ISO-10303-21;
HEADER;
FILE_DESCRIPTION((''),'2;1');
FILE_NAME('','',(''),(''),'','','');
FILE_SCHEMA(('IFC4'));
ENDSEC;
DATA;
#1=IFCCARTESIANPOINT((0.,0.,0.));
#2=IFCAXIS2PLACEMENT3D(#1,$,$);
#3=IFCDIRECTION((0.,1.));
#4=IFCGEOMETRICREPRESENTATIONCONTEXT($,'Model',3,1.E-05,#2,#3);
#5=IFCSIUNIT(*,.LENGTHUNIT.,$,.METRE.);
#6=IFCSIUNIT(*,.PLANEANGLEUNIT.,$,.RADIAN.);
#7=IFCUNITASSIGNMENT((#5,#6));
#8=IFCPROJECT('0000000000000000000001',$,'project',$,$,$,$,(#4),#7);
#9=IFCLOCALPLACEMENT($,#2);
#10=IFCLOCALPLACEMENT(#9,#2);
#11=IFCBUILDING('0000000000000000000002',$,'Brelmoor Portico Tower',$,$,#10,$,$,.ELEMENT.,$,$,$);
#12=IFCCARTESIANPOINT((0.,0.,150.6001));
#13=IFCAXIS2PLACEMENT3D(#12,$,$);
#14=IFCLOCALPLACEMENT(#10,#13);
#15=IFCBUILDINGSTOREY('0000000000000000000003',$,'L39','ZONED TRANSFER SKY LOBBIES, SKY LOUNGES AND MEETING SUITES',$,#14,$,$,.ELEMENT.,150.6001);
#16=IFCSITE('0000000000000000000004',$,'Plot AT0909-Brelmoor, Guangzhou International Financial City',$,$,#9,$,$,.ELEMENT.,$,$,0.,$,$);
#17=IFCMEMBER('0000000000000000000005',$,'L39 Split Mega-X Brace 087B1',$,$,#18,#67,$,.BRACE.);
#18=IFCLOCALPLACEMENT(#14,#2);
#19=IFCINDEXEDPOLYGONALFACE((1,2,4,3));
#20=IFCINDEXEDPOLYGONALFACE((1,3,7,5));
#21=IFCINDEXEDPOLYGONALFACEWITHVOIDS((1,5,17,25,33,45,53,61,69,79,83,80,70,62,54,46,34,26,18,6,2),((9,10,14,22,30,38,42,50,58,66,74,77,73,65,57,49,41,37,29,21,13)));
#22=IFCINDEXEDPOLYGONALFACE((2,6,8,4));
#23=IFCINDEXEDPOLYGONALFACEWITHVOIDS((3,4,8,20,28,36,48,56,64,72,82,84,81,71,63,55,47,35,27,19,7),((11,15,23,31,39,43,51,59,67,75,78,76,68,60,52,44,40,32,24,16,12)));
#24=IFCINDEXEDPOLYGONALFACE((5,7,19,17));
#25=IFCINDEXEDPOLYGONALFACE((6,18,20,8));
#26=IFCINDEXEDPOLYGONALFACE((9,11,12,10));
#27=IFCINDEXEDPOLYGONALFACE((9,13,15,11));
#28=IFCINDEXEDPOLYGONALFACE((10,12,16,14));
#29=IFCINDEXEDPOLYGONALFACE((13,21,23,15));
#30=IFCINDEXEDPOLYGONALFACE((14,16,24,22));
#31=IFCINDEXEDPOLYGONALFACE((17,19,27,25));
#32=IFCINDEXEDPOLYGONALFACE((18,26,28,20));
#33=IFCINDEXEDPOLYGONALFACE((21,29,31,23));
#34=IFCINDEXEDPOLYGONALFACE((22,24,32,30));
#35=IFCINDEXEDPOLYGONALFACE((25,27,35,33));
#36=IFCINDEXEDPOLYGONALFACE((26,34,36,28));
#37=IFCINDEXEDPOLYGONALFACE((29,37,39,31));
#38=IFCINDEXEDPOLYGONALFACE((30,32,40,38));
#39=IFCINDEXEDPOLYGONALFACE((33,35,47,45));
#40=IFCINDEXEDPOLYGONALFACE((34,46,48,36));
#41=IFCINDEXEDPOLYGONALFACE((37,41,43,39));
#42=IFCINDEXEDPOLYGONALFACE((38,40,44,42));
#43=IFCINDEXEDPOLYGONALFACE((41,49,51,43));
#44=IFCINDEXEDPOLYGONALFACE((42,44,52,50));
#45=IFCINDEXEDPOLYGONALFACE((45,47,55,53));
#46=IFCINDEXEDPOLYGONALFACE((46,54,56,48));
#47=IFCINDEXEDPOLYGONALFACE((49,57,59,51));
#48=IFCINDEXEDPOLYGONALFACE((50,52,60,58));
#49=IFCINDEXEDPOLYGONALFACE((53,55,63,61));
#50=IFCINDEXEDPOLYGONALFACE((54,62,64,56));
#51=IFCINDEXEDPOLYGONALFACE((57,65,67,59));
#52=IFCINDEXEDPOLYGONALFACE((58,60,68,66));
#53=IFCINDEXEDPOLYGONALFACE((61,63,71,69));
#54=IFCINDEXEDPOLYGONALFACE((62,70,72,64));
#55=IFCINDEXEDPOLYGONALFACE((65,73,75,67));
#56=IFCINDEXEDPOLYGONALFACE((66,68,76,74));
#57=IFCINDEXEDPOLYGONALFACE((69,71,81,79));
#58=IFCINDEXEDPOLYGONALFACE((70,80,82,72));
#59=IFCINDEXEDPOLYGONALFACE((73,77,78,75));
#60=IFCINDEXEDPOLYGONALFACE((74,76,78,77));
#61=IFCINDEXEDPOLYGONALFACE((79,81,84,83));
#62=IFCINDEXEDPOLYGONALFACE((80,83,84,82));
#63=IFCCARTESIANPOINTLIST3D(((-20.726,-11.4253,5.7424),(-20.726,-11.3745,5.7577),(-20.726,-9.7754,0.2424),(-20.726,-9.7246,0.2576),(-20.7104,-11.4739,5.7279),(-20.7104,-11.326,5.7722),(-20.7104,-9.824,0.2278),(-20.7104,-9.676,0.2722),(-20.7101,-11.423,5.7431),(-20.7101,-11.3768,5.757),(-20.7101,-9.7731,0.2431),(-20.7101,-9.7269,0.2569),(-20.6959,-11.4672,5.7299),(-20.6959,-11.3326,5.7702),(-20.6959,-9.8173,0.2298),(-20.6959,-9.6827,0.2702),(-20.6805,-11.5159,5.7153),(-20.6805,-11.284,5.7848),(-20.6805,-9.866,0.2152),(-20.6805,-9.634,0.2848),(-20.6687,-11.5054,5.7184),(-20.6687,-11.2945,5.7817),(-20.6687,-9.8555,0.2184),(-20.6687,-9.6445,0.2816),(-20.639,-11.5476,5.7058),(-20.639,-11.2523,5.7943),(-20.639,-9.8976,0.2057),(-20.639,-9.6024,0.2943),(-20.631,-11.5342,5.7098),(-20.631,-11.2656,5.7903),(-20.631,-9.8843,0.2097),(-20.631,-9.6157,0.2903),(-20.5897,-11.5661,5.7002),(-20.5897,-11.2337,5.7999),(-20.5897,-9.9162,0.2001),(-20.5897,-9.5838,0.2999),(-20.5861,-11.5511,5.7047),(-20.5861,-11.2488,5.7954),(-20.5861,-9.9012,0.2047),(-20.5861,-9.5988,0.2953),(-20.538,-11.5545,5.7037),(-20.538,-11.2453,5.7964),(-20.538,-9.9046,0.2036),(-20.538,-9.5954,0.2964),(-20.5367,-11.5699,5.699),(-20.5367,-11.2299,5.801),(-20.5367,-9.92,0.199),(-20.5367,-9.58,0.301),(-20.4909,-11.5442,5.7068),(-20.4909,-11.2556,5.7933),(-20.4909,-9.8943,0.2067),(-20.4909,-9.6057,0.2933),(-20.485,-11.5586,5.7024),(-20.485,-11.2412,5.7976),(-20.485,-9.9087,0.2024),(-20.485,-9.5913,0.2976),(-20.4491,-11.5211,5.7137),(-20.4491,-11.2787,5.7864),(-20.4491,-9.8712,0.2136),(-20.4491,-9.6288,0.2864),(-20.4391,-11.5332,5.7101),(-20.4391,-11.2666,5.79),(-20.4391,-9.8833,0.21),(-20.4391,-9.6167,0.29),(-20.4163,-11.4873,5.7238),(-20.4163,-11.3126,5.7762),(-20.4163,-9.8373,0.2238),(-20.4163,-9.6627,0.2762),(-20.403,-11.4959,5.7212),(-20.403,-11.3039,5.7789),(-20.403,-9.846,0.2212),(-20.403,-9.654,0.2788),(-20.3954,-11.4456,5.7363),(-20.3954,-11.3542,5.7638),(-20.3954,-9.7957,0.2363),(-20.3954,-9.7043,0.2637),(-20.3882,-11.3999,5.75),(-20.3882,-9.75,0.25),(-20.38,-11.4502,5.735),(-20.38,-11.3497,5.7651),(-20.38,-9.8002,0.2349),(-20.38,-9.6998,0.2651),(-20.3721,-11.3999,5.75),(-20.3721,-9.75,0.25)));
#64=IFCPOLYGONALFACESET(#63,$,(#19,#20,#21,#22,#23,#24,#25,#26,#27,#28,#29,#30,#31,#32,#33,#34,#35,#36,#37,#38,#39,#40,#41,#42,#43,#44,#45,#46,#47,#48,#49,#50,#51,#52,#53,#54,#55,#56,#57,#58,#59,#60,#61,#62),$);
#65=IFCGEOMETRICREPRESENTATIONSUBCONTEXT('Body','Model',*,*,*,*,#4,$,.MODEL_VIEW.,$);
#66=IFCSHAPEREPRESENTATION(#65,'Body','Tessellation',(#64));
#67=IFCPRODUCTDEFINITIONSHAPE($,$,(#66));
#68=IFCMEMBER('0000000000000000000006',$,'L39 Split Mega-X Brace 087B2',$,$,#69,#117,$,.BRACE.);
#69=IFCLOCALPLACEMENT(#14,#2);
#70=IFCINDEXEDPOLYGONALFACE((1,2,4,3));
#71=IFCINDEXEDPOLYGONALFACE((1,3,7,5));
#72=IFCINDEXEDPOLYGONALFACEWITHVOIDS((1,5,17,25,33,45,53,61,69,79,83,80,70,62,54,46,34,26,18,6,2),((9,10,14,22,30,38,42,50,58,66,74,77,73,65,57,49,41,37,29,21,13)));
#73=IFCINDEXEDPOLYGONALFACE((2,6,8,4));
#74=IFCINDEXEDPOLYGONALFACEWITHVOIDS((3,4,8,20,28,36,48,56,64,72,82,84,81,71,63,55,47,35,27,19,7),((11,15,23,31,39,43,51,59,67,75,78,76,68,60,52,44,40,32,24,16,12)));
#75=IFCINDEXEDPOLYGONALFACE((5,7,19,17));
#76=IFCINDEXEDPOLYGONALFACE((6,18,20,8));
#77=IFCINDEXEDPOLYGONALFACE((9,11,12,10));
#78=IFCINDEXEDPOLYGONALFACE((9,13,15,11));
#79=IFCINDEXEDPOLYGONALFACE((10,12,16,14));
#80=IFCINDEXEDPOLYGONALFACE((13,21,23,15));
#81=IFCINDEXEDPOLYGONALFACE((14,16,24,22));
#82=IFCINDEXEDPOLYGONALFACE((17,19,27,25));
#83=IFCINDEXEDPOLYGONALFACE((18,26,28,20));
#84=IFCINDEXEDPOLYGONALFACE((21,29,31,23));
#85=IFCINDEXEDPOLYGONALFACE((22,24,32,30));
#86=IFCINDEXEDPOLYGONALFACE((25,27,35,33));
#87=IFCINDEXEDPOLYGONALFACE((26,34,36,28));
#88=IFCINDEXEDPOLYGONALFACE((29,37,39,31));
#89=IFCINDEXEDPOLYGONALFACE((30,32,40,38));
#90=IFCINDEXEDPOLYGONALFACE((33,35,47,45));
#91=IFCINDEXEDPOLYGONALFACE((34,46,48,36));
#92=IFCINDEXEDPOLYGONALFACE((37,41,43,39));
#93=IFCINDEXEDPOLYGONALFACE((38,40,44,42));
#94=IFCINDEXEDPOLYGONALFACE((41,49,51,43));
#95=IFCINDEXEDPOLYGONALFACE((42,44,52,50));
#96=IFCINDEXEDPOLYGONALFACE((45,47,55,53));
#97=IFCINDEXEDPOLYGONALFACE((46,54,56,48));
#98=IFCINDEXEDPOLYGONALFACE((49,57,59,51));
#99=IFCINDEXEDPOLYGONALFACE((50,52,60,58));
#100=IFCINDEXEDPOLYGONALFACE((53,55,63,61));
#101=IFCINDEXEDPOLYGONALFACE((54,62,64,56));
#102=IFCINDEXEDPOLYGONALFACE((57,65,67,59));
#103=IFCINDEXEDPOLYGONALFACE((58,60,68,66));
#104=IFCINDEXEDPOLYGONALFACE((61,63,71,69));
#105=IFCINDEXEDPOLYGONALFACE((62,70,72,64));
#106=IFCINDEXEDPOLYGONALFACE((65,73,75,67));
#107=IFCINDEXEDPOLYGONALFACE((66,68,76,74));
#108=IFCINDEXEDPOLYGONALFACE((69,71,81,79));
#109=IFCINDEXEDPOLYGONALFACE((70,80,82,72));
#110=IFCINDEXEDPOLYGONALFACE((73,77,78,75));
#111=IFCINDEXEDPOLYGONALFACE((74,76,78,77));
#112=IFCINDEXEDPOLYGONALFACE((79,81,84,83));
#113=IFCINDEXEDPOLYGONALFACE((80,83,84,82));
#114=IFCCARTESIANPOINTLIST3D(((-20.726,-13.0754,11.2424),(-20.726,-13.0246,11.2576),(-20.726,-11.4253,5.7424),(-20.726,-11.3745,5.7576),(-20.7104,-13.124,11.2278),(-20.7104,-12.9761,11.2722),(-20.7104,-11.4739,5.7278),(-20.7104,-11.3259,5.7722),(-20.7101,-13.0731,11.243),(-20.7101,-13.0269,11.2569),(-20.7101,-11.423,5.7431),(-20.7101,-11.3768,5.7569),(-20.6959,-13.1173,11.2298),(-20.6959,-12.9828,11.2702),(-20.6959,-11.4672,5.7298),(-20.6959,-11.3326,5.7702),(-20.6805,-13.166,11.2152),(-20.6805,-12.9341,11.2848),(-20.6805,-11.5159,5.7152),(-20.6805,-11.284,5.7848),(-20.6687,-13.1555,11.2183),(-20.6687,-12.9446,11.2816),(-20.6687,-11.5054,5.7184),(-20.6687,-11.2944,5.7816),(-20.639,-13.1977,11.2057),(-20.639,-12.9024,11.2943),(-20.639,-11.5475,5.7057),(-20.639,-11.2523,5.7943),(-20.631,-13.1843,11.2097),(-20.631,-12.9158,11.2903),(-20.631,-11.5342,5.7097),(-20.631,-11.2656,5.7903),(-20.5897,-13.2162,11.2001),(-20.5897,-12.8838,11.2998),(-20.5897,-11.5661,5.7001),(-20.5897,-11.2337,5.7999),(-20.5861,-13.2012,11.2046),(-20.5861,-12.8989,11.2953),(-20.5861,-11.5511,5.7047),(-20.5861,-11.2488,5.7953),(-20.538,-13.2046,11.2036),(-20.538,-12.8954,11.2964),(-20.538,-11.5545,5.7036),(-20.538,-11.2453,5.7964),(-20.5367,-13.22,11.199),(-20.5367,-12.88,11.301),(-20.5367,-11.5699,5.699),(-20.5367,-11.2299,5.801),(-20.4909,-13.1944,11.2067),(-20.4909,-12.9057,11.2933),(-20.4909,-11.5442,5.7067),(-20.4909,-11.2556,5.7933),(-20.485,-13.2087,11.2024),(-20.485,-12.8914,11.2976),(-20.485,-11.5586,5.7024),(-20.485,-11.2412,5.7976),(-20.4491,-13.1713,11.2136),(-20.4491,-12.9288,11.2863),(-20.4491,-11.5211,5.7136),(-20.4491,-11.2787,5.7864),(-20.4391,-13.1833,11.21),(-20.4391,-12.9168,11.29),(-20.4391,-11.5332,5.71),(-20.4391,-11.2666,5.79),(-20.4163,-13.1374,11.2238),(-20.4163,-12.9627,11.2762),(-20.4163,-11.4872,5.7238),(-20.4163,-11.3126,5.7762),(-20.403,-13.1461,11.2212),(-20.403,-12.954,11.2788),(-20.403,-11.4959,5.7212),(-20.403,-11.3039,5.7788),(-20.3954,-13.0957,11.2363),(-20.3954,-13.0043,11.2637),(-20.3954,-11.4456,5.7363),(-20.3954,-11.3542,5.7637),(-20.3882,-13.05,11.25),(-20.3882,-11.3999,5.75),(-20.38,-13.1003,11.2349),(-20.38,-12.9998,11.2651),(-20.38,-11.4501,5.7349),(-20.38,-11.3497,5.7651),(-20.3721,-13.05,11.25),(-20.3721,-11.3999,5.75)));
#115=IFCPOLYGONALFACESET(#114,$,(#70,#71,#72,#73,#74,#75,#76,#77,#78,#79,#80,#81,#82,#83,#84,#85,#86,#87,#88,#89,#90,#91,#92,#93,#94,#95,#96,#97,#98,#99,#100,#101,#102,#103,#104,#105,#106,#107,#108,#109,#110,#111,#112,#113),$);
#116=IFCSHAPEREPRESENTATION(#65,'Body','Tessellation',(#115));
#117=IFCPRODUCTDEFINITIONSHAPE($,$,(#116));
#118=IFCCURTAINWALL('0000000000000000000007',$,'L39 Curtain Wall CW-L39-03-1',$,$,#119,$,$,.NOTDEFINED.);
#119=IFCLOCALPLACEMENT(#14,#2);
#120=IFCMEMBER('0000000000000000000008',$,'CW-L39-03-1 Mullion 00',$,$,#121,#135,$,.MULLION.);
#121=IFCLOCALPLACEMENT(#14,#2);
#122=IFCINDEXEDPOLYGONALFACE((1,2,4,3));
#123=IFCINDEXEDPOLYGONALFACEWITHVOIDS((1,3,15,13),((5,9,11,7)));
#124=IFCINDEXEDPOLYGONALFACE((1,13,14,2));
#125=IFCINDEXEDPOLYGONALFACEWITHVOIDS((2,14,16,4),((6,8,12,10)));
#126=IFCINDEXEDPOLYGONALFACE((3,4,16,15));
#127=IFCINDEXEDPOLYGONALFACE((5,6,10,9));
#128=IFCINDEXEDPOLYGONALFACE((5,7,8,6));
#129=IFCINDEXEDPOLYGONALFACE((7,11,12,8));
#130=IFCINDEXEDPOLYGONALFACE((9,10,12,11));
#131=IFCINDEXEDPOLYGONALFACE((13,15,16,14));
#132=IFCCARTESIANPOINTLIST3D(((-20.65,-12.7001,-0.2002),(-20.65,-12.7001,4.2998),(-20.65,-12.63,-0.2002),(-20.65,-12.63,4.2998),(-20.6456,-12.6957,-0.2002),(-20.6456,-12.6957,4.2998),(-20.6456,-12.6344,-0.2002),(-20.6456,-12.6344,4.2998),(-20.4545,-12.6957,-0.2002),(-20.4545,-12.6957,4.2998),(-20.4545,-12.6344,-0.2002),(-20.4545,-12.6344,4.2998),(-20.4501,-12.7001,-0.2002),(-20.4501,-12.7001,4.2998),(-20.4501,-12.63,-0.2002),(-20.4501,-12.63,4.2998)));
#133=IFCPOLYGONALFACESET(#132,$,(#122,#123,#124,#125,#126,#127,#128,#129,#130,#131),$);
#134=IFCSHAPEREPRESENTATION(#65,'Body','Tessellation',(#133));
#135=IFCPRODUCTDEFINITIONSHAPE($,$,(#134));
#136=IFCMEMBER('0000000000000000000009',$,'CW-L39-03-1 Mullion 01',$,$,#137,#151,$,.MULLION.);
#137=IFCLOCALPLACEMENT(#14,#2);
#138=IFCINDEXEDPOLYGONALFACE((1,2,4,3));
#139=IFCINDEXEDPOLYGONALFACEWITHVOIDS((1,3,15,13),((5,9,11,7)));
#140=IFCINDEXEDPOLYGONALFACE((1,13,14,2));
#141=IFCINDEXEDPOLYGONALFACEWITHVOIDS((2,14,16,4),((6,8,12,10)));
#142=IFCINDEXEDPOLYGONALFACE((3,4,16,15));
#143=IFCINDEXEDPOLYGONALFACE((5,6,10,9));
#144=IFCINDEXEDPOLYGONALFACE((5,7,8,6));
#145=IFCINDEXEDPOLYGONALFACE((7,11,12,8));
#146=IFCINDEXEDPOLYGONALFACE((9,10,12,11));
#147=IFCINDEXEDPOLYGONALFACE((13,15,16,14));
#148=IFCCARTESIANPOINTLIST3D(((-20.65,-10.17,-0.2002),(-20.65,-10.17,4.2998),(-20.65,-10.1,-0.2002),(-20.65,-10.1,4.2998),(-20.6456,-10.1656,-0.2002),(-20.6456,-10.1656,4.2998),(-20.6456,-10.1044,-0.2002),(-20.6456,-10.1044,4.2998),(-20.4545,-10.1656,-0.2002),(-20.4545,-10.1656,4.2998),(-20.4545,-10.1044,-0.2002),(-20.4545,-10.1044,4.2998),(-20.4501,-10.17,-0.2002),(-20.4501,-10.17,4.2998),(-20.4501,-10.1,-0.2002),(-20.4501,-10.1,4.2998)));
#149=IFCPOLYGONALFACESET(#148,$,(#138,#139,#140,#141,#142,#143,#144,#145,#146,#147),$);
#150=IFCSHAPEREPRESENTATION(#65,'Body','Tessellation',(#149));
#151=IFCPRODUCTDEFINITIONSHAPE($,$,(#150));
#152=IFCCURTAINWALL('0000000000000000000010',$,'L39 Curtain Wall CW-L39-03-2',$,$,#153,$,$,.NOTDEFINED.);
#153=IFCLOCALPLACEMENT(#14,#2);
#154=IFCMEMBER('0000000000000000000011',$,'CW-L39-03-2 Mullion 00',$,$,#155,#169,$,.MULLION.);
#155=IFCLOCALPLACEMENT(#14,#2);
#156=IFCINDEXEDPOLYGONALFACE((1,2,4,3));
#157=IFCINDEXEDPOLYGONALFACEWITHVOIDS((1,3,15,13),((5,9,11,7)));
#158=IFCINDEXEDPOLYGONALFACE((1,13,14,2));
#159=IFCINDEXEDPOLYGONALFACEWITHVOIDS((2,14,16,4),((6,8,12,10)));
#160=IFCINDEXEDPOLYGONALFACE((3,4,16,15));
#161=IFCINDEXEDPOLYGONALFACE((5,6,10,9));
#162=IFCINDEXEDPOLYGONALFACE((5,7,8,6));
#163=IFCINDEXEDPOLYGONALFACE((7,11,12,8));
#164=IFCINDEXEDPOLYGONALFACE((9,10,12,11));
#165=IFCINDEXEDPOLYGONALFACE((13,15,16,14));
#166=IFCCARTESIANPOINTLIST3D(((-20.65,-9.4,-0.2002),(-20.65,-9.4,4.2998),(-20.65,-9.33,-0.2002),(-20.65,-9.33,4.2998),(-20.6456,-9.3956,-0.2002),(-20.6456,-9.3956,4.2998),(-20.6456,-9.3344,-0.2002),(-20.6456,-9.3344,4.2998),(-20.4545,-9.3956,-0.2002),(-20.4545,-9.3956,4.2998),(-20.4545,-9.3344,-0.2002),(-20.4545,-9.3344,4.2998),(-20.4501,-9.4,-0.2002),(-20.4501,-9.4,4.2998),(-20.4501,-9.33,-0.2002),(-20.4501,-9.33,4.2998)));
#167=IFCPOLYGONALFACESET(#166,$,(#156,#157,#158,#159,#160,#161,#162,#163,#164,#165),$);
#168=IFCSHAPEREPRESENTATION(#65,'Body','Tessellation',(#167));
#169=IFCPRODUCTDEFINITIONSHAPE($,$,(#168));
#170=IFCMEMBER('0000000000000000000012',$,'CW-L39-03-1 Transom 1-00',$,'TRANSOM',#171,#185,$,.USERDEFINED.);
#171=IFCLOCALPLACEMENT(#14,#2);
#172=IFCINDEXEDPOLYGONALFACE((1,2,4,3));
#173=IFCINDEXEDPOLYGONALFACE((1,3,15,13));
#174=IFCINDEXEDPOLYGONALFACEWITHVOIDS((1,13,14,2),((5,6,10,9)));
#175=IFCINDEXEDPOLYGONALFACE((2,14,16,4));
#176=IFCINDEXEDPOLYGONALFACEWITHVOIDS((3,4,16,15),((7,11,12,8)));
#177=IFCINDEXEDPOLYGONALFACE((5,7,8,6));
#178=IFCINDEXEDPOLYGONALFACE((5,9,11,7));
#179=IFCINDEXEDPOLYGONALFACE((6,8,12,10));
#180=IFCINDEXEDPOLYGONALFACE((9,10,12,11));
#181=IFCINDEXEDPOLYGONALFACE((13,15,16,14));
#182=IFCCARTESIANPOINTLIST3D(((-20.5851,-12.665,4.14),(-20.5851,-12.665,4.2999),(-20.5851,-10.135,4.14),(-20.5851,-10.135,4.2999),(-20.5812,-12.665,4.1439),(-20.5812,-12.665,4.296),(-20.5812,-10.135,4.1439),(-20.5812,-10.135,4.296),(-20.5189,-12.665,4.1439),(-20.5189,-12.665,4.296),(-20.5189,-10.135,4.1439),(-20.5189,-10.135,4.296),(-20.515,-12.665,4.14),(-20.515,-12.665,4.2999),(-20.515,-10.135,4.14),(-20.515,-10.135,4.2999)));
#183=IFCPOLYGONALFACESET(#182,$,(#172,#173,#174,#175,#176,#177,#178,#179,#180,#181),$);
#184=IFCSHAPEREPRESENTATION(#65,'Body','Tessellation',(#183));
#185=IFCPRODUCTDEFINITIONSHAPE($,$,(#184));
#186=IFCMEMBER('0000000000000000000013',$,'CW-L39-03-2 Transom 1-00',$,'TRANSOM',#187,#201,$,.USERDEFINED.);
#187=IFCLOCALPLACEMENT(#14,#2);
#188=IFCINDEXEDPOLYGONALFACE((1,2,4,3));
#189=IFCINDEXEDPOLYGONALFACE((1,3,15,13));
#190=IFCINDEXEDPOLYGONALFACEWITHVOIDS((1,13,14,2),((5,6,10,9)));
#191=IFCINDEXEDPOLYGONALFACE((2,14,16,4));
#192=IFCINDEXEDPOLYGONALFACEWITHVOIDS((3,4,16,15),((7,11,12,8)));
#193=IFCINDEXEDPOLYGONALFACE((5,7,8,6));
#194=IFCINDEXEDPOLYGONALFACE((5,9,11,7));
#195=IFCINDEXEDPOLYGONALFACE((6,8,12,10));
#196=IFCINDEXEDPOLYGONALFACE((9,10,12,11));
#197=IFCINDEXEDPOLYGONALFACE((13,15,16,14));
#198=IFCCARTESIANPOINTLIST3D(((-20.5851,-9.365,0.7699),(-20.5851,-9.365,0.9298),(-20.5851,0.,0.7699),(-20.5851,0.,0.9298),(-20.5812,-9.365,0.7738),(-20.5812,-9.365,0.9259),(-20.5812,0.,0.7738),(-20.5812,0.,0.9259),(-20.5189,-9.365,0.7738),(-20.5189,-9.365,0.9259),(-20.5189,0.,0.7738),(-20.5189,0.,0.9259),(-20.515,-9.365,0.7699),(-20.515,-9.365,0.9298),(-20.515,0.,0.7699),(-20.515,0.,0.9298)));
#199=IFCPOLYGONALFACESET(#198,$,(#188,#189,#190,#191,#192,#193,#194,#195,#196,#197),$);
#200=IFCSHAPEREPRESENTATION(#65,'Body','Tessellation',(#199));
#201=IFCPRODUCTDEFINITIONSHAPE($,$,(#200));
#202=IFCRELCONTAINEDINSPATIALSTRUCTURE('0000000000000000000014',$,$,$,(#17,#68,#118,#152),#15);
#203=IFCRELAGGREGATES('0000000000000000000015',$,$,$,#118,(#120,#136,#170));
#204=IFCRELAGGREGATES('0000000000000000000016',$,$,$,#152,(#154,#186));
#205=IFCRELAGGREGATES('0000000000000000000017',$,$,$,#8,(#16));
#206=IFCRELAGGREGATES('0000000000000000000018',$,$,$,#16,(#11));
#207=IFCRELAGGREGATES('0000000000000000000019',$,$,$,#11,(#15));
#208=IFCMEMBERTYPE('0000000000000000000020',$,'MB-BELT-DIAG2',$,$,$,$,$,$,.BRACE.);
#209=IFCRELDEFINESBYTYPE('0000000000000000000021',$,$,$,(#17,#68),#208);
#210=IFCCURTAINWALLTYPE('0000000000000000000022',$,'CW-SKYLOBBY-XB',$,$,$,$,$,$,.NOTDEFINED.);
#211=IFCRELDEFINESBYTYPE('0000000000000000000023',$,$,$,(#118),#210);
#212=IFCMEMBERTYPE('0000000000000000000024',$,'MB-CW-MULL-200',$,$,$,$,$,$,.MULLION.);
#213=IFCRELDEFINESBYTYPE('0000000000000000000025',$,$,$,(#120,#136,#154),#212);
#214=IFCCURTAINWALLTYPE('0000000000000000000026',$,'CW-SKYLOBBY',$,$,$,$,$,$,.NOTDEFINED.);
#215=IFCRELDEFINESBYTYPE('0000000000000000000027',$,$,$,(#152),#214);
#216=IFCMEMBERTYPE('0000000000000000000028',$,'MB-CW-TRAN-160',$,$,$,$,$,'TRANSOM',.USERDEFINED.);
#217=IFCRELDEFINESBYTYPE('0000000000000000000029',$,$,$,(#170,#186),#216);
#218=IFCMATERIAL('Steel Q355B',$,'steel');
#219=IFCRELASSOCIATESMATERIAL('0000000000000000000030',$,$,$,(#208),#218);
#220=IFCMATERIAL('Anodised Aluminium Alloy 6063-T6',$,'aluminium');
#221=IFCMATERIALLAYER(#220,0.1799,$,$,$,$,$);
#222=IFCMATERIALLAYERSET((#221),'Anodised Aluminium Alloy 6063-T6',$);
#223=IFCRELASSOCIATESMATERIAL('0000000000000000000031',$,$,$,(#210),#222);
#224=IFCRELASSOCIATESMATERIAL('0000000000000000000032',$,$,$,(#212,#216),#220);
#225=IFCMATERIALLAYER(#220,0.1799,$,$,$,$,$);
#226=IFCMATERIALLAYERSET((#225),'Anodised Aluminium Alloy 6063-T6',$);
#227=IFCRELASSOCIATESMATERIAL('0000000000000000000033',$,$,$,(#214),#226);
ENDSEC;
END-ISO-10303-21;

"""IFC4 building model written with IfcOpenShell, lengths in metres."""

from ifc_helpers import new_model, si_unit, direction, frame, origin, origin_2d, place, context, subcontext, project, spatial, hollow_rectangle, hollow_circle, extrude, material, layer, layer_set, material_profile, profile_set, type_object, element, aggregate, save


model = new_model("IFC4")

# Units and contexts
model_context = context("Model", 3, precision=1e-05, world=origin(), true_north=direction((0.0, 1.0)))
body_context = subcontext(model_context, "Body", "Model", "MODEL_VIEW")
ifc_project = project(units=[si_unit("LENGTHUNIT", "METRE"), si_unit("PLANEANGLEUNIT", "RADIAN")], contexts=[model_context])

# Site, building, storey
site_placement = place(None, origin())
site = spatial("IfcSite", under=ifc_project, at=site_placement, Name="Plot AT0909-Brelmoor, Guangzhou International Financial City", CompositionType="ELEMENT", RefElevation=0.0)
building_placement = place(site_placement, origin())
building = spatial("IfcBuilding", under=site, at=building_placement, Name="Brelmoor Portico Tower", CompositionType="ELEMENT")
storey_placement = place(building_placement, frame((0.0, 0.0, 150.6001)))
storey = spatial("IfcBuildingStorey", under=building, at=storey_placement, Name="L39", Description="ZONED TRANSFER SKY LOBBIES, SKY LOUNGES AND MEETING SUITES", CompositionType="ELEMENT", Elevation=150.6001)

# Shared definitions
ifc_material_1 = material(Name="Steel Q355B", Category="steel")

# Members
ifc_material_profile_1 = material_profile(ifc_material_1, hollow_circle(Radius=0.178, WallThickness=0.0161, at=origin_2d()), Name="CHS 356x16")
ifc_profile_set_1 = profile_set([ifc_material_profile_1], Name="Steel Q355B")
member_type_1 = type_object("IfcMemberType", Name="MB-BELT-DIAG2", PredefinedType="BRACE", material=ifc_profile_set_1)
for number, where, z_axis, x_axis, name in (
    (1, (-20.55, -9.75, 0.25), (0.0, -0.287332, 0.957831), (1.0, 0.0, 0.0), "L39 Split Mega-X Brace 087B1"),
    (2, (-20.55, -11.3999, 5.75), (0.0, -0.287371, 0.957819), (1.0, 0.0, 0.0), "L39 Split Mega-X Brace 087B2"),
):
    element("IfcMember", number, at=place(storey_placement, frame(where, z_axis=z_axis, x_axis=x_axis)), inside=storey, type_object=member_type_1, Name=name, PredefinedType="BRACE", context=body_context, shape_type="SweptSolid", body=[
        extrude(hollow_circle(Radius=0.178, WallThickness=0.0161, at=origin_2d()), origin(), (0.0, 0.0, 1.0), 5.7422),
    ])

# Curtain wall, members
ifc_material_2 = material(Name="Anodised Aluminium Alloy 6063-T6", Category="aluminium")
ifc_layer_1 = layer(ifc_material_2, 0.1799)
ifc_layer_set_1 = layer_set([ifc_layer_1], Name="Anodised Aluminium Alloy 6063-T6")
curtain_wall_type_1 = type_object("IfcCurtainWallType", Name="CW-SKYLOBBY-XB", PredefinedType="NOTDEFINED", material=ifc_layer_set_1)
curtain_wall_1_placement = place(storey_placement, origin())
curtain_wall_1 = element("IfcCurtainWall", 3, at=curtain_wall_1_placement, inside=storey, type_object=curtain_wall_type_1, Name="L39 Curtain Wall CW-L39-03-1", PredefinedType="NOTDEFINED")
ifc_material_profile_2 = material_profile(ifc_material_2, hollow_rectangle(XDim=0.0701, YDim=0.2, WallThickness=0.0044, at=origin_2d()), Name="ALU MULLION 70x200")
ifc_profile_set_2 = profile_set([ifc_material_profile_2], Name="Anodised Aluminium Alloy 6063-T6")
member_type_2 = type_object("IfcMemberType", Name="MB-CW-MULL-200", PredefinedType="MULLION", material=ifc_profile_set_2)
member_1_placement = place(storey_placement, frame((-20.55, -12.665, -0.2002), z_axis=(0.0, 0.0, 1.0), x_axis=(0.0, 1.0, 0.0)))
member_1 = element("IfcMember", 4, at=member_1_placement, type_object=member_type_2, Name="CW-L39-03-1 Mullion 00", PredefinedType="MULLION", context=body_context, shape_type="SweptSolid", body=[
    extrude(hollow_rectangle(XDim=0.0701, YDim=0.2, WallThickness=0.0044, at=origin_2d()), origin(), (0.0, 0.0, 1.0), 4.5),
])
member_2_placement = place(storey_placement, frame((-20.55, -10.135, -0.2002), z_axis=(0.0, 0.0, 1.0), x_axis=(0.0, 1.0, 0.0)))
member_2 = element("IfcMember", 5, at=member_2_placement, type_object=member_type_2, Name="CW-L39-03-1 Mullion 01", PredefinedType="MULLION", context=body_context, shape_type="SweptSolid", body=[
    extrude(hollow_rectangle(XDim=0.0701, YDim=0.2, WallThickness=0.0044, at=origin_2d()), origin(), (0.0, 0.0, 1.0), 4.5),
])

# Curtain wall, member
ifc_layer_2 = layer(ifc_material_2, 0.1799)
ifc_layer_set_2 = layer_set([ifc_layer_2], Name="Anodised Aluminium Alloy 6063-T6")
curtain_wall_type_2 = type_object("IfcCurtainWallType", Name="CW-SKYLOBBY", PredefinedType="NOTDEFINED", material=ifc_layer_set_2)
curtain_wall_2_placement = place(storey_placement, origin())
curtain_wall_2 = element("IfcCurtainWall", 6, at=curtain_wall_2_placement, inside=storey, type_object=curtain_wall_type_2, Name="L39 Curtain Wall CW-L39-03-2", PredefinedType="NOTDEFINED")
member_3_placement = place(storey_placement, frame((-20.55, -9.365, -0.2002), z_axis=(0.0, 0.0, 1.0), x_axis=(0.0, 1.0, 0.0)))
member_3 = element("IfcMember", 7, at=member_3_placement, type_object=member_type_2, Name="CW-L39-03-2 Mullion 00", PredefinedType="MULLION", context=body_context, shape_type="SweptSolid", body=[
    extrude(hollow_rectangle(XDim=0.0701, YDim=0.2, WallThickness=0.0044, at=origin_2d()), origin(), (0.0, 0.0, 1.0), 4.5),
])

# Members
ifc_material_profile_3 = material_profile(ifc_material_2, hollow_rectangle(XDim=0.0701, YDim=0.1599, WallThickness=0.0039, at=origin_2d()), Name="ALU TRANSOM 70x160")
ifc_profile_set_3 = profile_set([ifc_material_profile_3], Name="Anodised Aluminium Alloy 6063-T6")
member_type_3 = type_object("IfcMemberType", Name="MB-CW-TRAN-160", ElementType="TRANSOM", PredefinedType="USERDEFINED", material=ifc_profile_set_3)
member_4_placement = place(storey_placement, frame((-20.55, -12.665, 4.22), z_axis=(0.0, 1.0, 0.0), x_axis=(-1.0, 0.0, 0.0)))
member_4 = element("IfcMember", 8, at=member_4_placement, type_object=member_type_3, Name="CW-L39-03-1 Transom 1-00", ObjectType="TRANSOM", PredefinedType="USERDEFINED", context=body_context, shape_type="SweptSolid", body=[
    extrude(hollow_rectangle(XDim=0.0701, YDim=0.1599, WallThickness=0.0039, at=origin_2d()), origin(), (0.0, 0.0, 1.0), 2.53),
])
member_5_placement = place(storey_placement, frame((-20.55, -9.365, 0.8499), z_axis=(0.0, 1.0, 0.0), x_axis=(-1.0, 0.0, 0.0)))
member_5 = element("IfcMember", 9, at=member_5_placement, type_object=member_type_3, Name="CW-L39-03-2 Transom 1-00", ObjectType="TRANSOM", PredefinedType="USERDEFINED", context=body_context, shape_type="SweptSolid", body=[
    extrude(hollow_rectangle(XDim=0.0701, YDim=0.1599, WallThickness=0.0039, at=origin_2d()), origin(), (0.0, 0.0, 1.0), 9.365),
])

aggregate(curtain_wall_1, [member_1, member_2, member_4])
aggregate(curtain_wall_2, [member_3, member_5])

save(model, "model.ifc")
